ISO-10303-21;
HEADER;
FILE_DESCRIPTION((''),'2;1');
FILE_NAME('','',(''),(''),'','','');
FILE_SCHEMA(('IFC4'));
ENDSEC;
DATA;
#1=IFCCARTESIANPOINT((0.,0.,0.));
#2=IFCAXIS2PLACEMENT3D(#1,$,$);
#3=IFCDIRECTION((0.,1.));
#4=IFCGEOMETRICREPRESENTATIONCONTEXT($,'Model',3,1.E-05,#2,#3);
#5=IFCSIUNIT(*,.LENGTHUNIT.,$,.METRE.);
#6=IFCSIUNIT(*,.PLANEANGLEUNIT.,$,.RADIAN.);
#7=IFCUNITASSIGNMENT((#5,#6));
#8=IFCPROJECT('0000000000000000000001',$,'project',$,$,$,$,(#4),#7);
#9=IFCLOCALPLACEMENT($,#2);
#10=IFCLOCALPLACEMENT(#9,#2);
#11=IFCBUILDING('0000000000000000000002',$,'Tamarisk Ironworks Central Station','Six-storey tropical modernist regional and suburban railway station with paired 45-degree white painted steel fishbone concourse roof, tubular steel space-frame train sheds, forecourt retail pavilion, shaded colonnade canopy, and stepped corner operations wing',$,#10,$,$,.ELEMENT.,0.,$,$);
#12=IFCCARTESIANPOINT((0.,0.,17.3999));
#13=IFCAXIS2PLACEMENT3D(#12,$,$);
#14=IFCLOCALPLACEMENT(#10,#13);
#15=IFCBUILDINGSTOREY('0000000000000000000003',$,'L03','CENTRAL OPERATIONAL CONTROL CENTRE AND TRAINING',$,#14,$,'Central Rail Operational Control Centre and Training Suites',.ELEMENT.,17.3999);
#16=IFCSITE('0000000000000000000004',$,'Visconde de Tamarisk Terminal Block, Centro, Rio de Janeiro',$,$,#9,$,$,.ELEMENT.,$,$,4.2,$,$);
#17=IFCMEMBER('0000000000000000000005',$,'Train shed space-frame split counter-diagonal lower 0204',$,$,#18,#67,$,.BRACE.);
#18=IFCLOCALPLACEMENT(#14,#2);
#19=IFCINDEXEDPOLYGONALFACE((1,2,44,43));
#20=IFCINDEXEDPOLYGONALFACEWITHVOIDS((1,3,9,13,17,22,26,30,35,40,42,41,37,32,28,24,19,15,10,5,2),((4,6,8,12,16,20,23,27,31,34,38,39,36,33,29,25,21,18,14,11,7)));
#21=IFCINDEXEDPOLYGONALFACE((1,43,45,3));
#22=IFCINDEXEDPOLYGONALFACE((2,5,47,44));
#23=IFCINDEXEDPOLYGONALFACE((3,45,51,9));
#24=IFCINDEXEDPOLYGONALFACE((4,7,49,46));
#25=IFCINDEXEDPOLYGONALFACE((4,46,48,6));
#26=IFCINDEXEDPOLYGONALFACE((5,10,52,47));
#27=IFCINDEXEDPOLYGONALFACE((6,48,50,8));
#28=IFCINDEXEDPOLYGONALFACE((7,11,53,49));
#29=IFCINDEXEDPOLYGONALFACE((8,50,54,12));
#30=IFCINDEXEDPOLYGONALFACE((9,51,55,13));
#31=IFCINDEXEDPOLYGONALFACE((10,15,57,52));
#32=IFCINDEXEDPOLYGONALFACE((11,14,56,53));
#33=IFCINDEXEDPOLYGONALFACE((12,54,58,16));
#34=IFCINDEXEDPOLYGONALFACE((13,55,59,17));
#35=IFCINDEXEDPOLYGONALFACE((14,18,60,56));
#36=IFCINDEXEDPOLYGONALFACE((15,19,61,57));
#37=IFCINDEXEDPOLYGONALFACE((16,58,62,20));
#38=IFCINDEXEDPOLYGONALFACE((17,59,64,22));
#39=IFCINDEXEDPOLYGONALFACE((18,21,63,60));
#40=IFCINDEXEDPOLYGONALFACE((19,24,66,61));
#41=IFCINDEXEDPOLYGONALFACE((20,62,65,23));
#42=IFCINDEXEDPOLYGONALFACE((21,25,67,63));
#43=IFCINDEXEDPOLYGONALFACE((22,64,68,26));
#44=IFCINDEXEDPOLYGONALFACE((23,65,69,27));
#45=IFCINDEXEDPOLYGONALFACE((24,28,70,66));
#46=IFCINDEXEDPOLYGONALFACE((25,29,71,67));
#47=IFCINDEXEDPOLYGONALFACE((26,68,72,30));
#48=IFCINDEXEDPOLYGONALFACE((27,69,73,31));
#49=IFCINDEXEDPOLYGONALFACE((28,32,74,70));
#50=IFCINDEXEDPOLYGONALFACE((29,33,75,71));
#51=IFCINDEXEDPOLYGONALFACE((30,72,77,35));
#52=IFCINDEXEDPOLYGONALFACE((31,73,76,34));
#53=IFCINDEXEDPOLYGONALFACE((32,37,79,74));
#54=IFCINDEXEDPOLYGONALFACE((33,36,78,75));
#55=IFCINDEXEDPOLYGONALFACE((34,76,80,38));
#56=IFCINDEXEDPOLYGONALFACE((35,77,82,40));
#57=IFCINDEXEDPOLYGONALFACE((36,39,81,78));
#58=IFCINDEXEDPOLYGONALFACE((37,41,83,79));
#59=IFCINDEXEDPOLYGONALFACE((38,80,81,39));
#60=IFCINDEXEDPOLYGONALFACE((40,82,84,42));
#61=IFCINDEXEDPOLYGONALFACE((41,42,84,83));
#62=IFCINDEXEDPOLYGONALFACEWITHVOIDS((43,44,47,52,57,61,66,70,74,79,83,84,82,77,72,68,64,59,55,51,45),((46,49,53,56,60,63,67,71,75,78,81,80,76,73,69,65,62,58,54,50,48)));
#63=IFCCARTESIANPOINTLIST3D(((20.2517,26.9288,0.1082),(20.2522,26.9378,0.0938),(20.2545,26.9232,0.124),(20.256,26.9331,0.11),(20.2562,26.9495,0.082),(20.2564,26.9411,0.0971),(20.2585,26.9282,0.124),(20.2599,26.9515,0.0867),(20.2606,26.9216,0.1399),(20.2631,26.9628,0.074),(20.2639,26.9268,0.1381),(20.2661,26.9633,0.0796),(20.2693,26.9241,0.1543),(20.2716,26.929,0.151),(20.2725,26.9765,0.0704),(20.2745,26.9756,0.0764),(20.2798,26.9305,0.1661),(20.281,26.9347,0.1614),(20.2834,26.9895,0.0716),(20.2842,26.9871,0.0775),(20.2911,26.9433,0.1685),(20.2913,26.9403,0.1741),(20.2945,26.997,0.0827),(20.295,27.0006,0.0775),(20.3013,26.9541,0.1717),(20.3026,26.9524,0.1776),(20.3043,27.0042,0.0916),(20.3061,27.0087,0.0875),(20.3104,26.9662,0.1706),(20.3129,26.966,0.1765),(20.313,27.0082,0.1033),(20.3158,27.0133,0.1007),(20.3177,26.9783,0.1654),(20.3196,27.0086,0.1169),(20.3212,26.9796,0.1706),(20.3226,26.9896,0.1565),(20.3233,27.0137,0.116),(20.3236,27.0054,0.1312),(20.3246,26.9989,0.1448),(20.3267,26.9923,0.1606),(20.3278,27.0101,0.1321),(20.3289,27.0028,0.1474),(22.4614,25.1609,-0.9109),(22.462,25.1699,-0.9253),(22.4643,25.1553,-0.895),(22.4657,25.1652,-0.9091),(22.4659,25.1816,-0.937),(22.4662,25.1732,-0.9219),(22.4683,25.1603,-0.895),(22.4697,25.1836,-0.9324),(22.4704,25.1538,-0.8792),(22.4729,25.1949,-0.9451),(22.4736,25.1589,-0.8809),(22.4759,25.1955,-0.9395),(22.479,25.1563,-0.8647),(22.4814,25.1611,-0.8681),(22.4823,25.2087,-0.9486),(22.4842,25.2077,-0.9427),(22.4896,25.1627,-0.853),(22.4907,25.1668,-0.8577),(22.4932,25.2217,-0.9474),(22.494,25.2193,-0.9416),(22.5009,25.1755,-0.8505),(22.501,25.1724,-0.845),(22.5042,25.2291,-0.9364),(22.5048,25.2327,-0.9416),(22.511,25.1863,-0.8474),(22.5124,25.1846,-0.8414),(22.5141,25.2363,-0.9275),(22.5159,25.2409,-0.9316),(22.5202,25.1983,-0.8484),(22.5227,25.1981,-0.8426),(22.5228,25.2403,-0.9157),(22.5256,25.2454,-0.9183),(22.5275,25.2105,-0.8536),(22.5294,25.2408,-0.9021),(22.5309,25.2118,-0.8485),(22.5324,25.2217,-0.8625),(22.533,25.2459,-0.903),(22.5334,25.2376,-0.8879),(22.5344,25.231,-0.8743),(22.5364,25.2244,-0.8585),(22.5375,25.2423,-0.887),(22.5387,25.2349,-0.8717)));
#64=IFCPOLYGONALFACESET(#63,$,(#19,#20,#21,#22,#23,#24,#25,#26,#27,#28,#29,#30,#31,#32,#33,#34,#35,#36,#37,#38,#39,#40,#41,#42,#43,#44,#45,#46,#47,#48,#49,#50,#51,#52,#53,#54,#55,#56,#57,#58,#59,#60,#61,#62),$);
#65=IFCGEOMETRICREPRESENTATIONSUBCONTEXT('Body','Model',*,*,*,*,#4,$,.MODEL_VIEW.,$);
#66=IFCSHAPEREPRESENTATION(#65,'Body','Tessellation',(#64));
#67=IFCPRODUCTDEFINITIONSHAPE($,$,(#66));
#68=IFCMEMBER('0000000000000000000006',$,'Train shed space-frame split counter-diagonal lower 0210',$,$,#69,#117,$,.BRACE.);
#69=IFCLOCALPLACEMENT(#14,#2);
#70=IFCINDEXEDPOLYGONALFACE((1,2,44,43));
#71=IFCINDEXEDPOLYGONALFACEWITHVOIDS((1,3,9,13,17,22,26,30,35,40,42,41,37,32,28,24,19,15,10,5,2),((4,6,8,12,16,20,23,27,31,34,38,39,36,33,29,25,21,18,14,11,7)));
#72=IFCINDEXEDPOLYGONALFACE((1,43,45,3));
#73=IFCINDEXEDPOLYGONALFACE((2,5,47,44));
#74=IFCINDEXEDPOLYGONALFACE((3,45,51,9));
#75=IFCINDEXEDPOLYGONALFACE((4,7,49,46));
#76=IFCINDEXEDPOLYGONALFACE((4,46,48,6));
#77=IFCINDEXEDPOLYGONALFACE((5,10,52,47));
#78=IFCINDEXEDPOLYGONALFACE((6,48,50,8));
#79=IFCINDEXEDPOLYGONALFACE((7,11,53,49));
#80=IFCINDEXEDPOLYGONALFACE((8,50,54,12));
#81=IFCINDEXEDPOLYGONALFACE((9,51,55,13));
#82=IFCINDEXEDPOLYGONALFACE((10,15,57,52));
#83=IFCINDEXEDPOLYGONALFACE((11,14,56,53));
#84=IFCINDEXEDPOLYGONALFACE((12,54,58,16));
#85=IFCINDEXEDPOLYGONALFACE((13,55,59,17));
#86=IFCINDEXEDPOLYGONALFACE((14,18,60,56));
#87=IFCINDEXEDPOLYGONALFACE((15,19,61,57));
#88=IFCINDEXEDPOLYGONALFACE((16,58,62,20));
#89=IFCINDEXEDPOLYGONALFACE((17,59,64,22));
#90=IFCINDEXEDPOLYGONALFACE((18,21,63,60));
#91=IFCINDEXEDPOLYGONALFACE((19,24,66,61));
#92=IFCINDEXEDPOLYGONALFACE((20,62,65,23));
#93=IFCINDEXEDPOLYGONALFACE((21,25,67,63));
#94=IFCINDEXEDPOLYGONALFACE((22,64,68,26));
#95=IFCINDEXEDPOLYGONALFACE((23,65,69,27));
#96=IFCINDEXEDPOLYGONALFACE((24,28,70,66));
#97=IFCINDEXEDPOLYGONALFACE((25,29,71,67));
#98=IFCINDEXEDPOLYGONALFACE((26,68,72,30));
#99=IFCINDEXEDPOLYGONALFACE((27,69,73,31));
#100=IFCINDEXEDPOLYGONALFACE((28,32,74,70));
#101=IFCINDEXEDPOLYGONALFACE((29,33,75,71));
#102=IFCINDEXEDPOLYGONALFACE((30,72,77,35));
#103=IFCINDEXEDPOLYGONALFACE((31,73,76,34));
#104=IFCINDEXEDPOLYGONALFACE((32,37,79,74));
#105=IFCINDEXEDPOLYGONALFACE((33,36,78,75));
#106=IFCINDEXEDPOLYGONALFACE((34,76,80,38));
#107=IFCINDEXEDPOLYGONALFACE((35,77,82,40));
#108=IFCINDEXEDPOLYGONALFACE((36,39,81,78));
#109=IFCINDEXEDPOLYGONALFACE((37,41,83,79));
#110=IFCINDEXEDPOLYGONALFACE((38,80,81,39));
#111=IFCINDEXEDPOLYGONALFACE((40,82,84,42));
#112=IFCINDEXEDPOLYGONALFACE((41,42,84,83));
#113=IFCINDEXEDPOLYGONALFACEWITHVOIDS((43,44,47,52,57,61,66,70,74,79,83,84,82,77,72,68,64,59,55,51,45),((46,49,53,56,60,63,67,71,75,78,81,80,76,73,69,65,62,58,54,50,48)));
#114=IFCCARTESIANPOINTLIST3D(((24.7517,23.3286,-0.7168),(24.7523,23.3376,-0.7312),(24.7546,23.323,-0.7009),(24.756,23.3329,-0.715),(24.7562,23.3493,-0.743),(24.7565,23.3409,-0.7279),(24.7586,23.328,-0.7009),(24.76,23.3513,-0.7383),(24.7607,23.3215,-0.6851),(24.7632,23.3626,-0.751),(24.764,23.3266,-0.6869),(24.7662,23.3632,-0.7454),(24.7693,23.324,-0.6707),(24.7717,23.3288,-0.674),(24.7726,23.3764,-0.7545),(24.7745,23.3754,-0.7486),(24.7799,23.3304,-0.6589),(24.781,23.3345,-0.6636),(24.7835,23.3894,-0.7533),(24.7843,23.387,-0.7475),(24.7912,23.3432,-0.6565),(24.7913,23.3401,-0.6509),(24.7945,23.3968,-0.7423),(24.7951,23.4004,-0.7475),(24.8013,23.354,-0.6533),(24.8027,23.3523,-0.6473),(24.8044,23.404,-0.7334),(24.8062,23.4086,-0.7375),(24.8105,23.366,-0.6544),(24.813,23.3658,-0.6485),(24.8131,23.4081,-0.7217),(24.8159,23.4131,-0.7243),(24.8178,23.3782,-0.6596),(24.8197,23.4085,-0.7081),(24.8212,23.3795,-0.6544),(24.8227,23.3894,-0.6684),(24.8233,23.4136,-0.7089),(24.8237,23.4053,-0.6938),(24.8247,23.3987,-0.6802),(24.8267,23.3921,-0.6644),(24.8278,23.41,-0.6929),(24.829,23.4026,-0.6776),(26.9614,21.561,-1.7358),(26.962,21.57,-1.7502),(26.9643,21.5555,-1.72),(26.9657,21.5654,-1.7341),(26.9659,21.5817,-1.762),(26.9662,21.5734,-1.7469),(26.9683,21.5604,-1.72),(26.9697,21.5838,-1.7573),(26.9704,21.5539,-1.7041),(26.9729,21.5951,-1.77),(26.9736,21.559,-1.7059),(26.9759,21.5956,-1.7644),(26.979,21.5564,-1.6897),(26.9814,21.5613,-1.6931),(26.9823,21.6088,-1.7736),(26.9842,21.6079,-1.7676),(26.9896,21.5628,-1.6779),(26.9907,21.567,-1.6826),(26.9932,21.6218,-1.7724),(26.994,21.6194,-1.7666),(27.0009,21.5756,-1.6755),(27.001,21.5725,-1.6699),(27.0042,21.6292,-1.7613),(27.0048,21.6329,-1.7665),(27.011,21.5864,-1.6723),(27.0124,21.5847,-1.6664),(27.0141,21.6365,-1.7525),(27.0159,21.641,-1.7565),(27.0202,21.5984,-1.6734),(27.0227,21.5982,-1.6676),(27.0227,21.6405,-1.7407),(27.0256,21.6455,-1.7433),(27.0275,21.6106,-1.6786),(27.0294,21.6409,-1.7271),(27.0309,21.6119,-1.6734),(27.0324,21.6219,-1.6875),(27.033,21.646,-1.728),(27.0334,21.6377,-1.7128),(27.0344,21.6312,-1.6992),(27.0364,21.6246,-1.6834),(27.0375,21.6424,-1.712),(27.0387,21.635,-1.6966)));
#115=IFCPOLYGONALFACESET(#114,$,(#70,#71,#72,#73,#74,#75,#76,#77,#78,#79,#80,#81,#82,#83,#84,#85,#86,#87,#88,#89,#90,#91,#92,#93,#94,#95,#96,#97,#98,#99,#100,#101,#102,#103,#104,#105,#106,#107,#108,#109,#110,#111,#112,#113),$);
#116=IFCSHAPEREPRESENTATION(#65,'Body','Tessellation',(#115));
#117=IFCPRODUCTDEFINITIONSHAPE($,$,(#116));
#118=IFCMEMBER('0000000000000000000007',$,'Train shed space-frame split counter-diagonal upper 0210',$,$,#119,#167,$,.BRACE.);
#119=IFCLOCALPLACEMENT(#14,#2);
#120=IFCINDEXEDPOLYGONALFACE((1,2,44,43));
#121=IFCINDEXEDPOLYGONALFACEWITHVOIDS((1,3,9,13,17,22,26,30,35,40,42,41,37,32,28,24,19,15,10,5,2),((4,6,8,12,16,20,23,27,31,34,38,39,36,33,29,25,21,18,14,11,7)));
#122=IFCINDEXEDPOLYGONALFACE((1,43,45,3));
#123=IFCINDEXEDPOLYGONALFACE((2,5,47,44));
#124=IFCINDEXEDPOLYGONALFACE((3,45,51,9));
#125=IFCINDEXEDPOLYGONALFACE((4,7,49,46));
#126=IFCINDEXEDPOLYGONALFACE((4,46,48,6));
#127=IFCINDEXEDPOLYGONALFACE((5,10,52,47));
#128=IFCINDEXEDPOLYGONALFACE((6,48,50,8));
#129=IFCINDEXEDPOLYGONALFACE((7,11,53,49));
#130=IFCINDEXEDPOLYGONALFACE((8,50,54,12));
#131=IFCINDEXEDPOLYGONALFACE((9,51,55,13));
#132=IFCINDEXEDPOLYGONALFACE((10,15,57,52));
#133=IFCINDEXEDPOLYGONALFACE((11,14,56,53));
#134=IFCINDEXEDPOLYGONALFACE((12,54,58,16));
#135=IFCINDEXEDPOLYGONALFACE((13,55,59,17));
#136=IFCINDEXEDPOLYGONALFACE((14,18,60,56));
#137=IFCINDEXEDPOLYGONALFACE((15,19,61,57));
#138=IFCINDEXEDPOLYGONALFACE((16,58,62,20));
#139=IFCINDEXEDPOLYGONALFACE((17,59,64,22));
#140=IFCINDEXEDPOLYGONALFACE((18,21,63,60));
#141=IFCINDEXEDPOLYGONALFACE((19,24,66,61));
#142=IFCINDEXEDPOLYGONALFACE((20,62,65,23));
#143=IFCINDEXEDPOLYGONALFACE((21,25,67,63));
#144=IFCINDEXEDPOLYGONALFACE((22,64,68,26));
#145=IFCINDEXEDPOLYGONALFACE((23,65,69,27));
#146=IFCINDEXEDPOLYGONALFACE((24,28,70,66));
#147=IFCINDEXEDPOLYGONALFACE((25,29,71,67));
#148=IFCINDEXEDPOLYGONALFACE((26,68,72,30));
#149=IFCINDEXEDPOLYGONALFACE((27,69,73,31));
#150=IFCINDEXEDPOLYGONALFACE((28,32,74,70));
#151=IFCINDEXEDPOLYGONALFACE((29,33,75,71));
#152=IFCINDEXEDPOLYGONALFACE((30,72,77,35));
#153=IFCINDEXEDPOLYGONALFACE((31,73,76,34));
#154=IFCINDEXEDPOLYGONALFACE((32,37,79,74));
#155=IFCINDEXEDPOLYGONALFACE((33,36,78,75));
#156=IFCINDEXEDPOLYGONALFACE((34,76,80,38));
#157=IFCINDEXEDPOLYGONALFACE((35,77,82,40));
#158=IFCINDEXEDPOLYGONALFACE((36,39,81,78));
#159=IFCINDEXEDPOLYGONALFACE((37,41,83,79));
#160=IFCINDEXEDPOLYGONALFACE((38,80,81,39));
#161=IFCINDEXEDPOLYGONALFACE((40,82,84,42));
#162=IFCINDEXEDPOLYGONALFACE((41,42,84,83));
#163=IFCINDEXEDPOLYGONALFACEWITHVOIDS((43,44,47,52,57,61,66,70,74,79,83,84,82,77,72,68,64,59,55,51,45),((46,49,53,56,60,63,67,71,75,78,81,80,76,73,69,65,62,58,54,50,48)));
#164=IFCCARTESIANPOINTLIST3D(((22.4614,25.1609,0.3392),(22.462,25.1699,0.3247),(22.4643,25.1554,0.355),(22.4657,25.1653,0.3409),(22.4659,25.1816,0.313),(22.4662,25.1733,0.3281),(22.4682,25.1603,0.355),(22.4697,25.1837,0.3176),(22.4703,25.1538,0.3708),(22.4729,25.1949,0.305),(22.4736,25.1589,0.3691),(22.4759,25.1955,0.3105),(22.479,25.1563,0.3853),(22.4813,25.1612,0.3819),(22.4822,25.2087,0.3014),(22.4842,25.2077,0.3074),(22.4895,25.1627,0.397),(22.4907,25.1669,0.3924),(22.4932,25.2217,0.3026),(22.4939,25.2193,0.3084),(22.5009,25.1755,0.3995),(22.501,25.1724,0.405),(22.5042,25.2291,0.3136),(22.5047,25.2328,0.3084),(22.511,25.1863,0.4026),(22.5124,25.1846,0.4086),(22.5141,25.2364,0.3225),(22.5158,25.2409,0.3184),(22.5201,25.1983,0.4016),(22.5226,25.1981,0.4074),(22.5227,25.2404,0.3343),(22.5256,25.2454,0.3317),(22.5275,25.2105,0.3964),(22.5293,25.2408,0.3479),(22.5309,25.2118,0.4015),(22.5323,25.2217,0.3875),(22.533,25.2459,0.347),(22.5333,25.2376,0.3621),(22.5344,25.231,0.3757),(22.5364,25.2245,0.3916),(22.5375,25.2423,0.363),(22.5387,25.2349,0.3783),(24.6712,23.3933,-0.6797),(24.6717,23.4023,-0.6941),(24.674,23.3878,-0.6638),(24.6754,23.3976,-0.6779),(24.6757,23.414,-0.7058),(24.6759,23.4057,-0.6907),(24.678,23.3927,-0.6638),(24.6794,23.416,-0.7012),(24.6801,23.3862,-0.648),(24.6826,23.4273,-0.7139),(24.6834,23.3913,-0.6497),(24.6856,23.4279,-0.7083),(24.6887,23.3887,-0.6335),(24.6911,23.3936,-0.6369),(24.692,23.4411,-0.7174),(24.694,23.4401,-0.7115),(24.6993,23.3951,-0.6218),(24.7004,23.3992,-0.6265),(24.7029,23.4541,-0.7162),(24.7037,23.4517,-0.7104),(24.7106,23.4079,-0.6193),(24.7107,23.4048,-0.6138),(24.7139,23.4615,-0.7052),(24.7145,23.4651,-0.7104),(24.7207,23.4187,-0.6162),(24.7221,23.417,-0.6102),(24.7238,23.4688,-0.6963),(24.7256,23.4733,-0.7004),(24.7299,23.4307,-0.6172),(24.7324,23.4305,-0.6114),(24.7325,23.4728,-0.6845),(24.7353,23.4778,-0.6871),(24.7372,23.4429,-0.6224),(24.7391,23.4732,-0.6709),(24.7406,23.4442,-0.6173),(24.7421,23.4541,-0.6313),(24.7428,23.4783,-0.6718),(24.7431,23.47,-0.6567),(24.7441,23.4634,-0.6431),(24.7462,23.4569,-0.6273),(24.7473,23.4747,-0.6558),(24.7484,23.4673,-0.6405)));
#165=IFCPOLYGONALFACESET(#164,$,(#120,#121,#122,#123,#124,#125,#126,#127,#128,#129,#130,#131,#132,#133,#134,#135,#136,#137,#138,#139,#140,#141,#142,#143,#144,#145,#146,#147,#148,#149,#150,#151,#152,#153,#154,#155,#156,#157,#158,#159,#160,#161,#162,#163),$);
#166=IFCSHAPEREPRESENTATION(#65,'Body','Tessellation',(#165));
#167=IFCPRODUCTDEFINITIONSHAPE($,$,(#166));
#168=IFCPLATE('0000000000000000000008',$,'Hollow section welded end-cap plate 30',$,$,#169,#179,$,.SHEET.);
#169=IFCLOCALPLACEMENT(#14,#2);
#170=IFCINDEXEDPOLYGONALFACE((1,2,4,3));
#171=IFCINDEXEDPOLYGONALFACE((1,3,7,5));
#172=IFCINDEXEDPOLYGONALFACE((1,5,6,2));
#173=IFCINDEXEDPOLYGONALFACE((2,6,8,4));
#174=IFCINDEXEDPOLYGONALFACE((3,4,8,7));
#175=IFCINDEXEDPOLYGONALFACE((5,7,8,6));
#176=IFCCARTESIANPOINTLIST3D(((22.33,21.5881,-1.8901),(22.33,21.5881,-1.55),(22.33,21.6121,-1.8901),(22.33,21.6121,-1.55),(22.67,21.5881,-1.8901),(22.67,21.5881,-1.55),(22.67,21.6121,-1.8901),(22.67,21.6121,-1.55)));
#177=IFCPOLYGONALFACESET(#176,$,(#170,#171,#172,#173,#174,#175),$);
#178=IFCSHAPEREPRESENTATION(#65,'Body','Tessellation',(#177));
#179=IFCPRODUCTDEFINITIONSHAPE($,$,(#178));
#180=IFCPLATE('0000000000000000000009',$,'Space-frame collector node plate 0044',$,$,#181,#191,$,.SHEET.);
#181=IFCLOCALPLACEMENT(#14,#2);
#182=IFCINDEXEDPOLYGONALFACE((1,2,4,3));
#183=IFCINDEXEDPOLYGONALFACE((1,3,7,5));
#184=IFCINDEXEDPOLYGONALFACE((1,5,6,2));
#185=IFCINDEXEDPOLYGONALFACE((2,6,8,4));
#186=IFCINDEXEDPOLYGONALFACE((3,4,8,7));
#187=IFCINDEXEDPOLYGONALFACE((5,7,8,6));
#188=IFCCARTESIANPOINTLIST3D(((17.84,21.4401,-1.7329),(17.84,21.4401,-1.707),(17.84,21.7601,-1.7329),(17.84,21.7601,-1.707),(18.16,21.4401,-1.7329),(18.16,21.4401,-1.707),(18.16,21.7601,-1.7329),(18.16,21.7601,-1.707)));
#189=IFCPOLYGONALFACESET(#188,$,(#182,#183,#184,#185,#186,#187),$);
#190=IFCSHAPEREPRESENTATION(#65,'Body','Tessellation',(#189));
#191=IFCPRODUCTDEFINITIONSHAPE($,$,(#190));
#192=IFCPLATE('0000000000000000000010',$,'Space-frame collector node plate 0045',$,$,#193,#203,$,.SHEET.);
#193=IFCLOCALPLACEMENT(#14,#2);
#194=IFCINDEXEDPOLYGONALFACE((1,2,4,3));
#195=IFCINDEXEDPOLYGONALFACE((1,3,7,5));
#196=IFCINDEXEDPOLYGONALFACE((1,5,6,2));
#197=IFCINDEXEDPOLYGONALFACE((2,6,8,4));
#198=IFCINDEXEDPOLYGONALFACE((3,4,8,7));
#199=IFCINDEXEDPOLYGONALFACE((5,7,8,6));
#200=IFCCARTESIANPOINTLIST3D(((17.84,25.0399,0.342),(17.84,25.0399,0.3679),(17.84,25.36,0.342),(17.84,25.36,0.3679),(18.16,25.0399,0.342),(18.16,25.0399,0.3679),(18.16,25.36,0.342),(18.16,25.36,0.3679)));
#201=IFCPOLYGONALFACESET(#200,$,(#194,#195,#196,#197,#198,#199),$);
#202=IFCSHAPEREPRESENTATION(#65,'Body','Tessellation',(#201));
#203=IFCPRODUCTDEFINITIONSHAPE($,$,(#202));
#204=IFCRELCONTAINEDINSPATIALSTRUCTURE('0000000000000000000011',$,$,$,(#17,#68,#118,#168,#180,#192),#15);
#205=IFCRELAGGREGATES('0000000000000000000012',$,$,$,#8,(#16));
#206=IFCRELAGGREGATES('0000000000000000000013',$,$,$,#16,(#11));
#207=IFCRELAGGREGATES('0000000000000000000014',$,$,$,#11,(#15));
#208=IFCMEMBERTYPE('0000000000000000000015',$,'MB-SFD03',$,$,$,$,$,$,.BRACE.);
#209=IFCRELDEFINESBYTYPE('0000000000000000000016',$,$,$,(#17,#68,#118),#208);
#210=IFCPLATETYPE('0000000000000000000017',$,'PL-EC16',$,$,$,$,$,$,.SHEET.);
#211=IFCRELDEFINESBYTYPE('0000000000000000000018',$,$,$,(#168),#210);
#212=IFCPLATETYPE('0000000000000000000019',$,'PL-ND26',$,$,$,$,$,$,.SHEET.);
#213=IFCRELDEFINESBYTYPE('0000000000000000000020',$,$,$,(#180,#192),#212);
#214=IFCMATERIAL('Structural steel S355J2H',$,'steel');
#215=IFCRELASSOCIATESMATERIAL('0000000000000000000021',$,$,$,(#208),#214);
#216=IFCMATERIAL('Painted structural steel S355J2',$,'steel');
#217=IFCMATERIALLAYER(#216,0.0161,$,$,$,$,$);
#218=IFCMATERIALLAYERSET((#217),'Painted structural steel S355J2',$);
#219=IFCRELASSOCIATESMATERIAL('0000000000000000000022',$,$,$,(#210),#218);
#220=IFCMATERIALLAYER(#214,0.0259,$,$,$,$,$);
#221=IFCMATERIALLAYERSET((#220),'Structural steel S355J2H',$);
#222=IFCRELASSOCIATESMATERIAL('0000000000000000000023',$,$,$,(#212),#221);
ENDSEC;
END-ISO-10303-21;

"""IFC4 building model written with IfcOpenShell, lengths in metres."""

from ifc_helpers import new_model, si_unit, direction, frame, origin, origin_2d, place, context, subcontext, project, spatial, rectangle, hollow_circle, extrude, material, layer, layer_set, material_profile, profile_set, type_object, element, save


model = new_model("IFC4")

# Units and contexts
model_context = context("Model", 3, precision=1e-05, world=origin(), true_north=direction((0.0, 1.0)))
body_context = subcontext(model_context, "Body", "Model", "MODEL_VIEW")
ifc_project = project(units=[si_unit("LENGTHUNIT", "METRE"), si_unit("PLANEANGLEUNIT", "RADIAN")], contexts=[model_context])

# Site, building, storey
site_placement = place(None, origin())
site = spatial("IfcSite", under=ifc_project, at=site_placement, Name="Visconde de Tamarisk Terminal Block, Centro, Rio de Janeiro", CompositionType="ELEMENT", RefElevation=4.2)
building_placement = place(site_placement, origin())
building = spatial("IfcBuilding", under=site, at=building_placement, Name="Tamarisk Ironworks Central Station", Description="Six-storey tropical modernist regional and suburban railway station with paired 45-degree white painted steel fishbone concourse roof, tubular steel space-frame train sheds, forecourt retail pavilion, shaded colonnade canopy, and stepped corner operations wing", CompositionType="ELEMENT", ElevationOfRefHeight=0.0)
storey_placement = place(building_placement, frame((0.0, 0.0, 17.3999)))
storey = spatial("IfcBuildingStorey", under=building, at=storey_placement, Name="L03", Description="CENTRAL OPERATIONAL CONTROL CENTRE AND TRAINING", LongName="Central Rail Operational Control Centre and Training Suites", CompositionType="ELEMENT", Elevation=17.3999)

# Members
ifc_material_1 = material(Name="Structural steel S355J2H", Category="steel")
ifc_material_profile_1 = material_profile(ifc_material_1, hollow_circle(Radius=0.0571, WallThickness=0.0063, at=origin_2d()), Name="CHS 114.3x6.3")
ifc_profile_set_1 = profile_set([ifc_material_profile_1], Name="Structural steel S355J2H")
member_type_1 = type_object("IfcMemberType", Name="MB-SFD03", PredefinedType="BRACE", material=ifc_profile_set_1)
member_1_placement = place(storey_placement, frame((22.5, 25.2, -0.895), z_axis=(-0.734677, 0.587758, 0.338807), x_axis=(-0.624706, -0.78086, 0.0)))
element("IfcMember", 1, at=member_1_placement, inside=storey, type_object=member_type_1, Name="Train shed space-frame split counter-diagonal lower 0204", PredefinedType="BRACE", context=body_context, shape_type="SweptSolid", body=[
    extrude(hollow_circle(Radius=0.0571, WallThickness=0.0063, at=origin_2d()), origin(), (0.0, 0.0, 1.0), 3.0078),
])
for number, where, z_axis, x_axis, name in (
    (2, (27.0, 21.6001, -1.72), (-0.734712, 0.587705, 0.338823), (-0.624653, -0.780902, 0.0), "Train shed space-frame split counter-diagonal lower 0210"),
    (3, (24.7097, 23.4324, -0.6638), (-0.734732, 0.587721, 0.338751), (-0.624653, -0.780902, 0.0), "Train shed space-frame split counter-diagonal upper 0210"),
):
    element("IfcMember", number, at=place(storey_placement, frame(where, z_axis=z_axis, x_axis=x_axis)), inside=storey, type_object=member_type_1, Name=name, PredefinedType="BRACE", context=body_context, shape_type="SweptSolid", body=[
        extrude(hollow_circle(Radius=0.0571, WallThickness=0.0063, at=origin_2d()), origin(), (0.0, 0.0, 1.0), 3.0076),
    ])

# Plates
ifc_material_2 = material(Name="Painted structural steel S355J2", Category="steel")
ifc_layer_1 = layer(ifc_material_2, 0.0161)
ifc_layer_set_1 = layer_set([ifc_layer_1], Name="Painted structural steel S355J2")
plate_type_1 = type_object("IfcPlateType", Name="PL-EC16", PredefinedType="SHEET", material=ifc_layer_set_1)
plate_1_placement = place(storey_placement, frame((22.5, 21.6001, -1.8901), z_axis=(0.0, 0.0, 1.0), x_axis=(1.0, 0.0, 0.0)))
element("IfcPlate", 4, at=plate_1_placement, inside=storey, type_object=plate_type_1, Name="Hollow section welded end-cap plate 30", PredefinedType="SHEET", context=body_context, shape_type="SweptSolid", body=[
    extrude(rectangle(XDim=0.3401, YDim=0.0239, at=origin_2d()), origin(), (0.0, 0.0, 1.0), 0.3401),
])
ifc_layer_2 = layer(ifc_material_1, 0.0259)
ifc_layer_set_2 = layer_set([ifc_layer_2], Name="Structural steel S355J2H")
plate_type_2 = type_object("IfcPlateType", Name="PL-ND26", PredefinedType="SHEET", material=ifc_layer_set_2)
for number, where, z_axis, x_axis, name in (
    (5, (18.0, 21.6001, -1.7329), (0.0, 0.0, 1.0), (1.0, 0.0, 0.0), "Space-frame collector node plate 0044"),
    (6, (18.0, 25.2, 0.342), (0.0, 0.0, 1.0), (1.0, 0.0, 0.0), "Space-frame collector node plate 0045"),
):
    element("IfcPlate", number, at=place(storey_placement, frame(where, z_axis=z_axis, x_axis=x_axis)), inside=storey, type_object=plate_type_2, Name=name, PredefinedType="SHEET", context=body_context, shape_type="SweptSolid", body=[
        extrude(rectangle(XDim=0.3201, YDim=0.3201, at=origin_2d()), origin(), (0.0, 0.0, 1.0), 0.0259),
    ])

save(model, "model.ifc")
